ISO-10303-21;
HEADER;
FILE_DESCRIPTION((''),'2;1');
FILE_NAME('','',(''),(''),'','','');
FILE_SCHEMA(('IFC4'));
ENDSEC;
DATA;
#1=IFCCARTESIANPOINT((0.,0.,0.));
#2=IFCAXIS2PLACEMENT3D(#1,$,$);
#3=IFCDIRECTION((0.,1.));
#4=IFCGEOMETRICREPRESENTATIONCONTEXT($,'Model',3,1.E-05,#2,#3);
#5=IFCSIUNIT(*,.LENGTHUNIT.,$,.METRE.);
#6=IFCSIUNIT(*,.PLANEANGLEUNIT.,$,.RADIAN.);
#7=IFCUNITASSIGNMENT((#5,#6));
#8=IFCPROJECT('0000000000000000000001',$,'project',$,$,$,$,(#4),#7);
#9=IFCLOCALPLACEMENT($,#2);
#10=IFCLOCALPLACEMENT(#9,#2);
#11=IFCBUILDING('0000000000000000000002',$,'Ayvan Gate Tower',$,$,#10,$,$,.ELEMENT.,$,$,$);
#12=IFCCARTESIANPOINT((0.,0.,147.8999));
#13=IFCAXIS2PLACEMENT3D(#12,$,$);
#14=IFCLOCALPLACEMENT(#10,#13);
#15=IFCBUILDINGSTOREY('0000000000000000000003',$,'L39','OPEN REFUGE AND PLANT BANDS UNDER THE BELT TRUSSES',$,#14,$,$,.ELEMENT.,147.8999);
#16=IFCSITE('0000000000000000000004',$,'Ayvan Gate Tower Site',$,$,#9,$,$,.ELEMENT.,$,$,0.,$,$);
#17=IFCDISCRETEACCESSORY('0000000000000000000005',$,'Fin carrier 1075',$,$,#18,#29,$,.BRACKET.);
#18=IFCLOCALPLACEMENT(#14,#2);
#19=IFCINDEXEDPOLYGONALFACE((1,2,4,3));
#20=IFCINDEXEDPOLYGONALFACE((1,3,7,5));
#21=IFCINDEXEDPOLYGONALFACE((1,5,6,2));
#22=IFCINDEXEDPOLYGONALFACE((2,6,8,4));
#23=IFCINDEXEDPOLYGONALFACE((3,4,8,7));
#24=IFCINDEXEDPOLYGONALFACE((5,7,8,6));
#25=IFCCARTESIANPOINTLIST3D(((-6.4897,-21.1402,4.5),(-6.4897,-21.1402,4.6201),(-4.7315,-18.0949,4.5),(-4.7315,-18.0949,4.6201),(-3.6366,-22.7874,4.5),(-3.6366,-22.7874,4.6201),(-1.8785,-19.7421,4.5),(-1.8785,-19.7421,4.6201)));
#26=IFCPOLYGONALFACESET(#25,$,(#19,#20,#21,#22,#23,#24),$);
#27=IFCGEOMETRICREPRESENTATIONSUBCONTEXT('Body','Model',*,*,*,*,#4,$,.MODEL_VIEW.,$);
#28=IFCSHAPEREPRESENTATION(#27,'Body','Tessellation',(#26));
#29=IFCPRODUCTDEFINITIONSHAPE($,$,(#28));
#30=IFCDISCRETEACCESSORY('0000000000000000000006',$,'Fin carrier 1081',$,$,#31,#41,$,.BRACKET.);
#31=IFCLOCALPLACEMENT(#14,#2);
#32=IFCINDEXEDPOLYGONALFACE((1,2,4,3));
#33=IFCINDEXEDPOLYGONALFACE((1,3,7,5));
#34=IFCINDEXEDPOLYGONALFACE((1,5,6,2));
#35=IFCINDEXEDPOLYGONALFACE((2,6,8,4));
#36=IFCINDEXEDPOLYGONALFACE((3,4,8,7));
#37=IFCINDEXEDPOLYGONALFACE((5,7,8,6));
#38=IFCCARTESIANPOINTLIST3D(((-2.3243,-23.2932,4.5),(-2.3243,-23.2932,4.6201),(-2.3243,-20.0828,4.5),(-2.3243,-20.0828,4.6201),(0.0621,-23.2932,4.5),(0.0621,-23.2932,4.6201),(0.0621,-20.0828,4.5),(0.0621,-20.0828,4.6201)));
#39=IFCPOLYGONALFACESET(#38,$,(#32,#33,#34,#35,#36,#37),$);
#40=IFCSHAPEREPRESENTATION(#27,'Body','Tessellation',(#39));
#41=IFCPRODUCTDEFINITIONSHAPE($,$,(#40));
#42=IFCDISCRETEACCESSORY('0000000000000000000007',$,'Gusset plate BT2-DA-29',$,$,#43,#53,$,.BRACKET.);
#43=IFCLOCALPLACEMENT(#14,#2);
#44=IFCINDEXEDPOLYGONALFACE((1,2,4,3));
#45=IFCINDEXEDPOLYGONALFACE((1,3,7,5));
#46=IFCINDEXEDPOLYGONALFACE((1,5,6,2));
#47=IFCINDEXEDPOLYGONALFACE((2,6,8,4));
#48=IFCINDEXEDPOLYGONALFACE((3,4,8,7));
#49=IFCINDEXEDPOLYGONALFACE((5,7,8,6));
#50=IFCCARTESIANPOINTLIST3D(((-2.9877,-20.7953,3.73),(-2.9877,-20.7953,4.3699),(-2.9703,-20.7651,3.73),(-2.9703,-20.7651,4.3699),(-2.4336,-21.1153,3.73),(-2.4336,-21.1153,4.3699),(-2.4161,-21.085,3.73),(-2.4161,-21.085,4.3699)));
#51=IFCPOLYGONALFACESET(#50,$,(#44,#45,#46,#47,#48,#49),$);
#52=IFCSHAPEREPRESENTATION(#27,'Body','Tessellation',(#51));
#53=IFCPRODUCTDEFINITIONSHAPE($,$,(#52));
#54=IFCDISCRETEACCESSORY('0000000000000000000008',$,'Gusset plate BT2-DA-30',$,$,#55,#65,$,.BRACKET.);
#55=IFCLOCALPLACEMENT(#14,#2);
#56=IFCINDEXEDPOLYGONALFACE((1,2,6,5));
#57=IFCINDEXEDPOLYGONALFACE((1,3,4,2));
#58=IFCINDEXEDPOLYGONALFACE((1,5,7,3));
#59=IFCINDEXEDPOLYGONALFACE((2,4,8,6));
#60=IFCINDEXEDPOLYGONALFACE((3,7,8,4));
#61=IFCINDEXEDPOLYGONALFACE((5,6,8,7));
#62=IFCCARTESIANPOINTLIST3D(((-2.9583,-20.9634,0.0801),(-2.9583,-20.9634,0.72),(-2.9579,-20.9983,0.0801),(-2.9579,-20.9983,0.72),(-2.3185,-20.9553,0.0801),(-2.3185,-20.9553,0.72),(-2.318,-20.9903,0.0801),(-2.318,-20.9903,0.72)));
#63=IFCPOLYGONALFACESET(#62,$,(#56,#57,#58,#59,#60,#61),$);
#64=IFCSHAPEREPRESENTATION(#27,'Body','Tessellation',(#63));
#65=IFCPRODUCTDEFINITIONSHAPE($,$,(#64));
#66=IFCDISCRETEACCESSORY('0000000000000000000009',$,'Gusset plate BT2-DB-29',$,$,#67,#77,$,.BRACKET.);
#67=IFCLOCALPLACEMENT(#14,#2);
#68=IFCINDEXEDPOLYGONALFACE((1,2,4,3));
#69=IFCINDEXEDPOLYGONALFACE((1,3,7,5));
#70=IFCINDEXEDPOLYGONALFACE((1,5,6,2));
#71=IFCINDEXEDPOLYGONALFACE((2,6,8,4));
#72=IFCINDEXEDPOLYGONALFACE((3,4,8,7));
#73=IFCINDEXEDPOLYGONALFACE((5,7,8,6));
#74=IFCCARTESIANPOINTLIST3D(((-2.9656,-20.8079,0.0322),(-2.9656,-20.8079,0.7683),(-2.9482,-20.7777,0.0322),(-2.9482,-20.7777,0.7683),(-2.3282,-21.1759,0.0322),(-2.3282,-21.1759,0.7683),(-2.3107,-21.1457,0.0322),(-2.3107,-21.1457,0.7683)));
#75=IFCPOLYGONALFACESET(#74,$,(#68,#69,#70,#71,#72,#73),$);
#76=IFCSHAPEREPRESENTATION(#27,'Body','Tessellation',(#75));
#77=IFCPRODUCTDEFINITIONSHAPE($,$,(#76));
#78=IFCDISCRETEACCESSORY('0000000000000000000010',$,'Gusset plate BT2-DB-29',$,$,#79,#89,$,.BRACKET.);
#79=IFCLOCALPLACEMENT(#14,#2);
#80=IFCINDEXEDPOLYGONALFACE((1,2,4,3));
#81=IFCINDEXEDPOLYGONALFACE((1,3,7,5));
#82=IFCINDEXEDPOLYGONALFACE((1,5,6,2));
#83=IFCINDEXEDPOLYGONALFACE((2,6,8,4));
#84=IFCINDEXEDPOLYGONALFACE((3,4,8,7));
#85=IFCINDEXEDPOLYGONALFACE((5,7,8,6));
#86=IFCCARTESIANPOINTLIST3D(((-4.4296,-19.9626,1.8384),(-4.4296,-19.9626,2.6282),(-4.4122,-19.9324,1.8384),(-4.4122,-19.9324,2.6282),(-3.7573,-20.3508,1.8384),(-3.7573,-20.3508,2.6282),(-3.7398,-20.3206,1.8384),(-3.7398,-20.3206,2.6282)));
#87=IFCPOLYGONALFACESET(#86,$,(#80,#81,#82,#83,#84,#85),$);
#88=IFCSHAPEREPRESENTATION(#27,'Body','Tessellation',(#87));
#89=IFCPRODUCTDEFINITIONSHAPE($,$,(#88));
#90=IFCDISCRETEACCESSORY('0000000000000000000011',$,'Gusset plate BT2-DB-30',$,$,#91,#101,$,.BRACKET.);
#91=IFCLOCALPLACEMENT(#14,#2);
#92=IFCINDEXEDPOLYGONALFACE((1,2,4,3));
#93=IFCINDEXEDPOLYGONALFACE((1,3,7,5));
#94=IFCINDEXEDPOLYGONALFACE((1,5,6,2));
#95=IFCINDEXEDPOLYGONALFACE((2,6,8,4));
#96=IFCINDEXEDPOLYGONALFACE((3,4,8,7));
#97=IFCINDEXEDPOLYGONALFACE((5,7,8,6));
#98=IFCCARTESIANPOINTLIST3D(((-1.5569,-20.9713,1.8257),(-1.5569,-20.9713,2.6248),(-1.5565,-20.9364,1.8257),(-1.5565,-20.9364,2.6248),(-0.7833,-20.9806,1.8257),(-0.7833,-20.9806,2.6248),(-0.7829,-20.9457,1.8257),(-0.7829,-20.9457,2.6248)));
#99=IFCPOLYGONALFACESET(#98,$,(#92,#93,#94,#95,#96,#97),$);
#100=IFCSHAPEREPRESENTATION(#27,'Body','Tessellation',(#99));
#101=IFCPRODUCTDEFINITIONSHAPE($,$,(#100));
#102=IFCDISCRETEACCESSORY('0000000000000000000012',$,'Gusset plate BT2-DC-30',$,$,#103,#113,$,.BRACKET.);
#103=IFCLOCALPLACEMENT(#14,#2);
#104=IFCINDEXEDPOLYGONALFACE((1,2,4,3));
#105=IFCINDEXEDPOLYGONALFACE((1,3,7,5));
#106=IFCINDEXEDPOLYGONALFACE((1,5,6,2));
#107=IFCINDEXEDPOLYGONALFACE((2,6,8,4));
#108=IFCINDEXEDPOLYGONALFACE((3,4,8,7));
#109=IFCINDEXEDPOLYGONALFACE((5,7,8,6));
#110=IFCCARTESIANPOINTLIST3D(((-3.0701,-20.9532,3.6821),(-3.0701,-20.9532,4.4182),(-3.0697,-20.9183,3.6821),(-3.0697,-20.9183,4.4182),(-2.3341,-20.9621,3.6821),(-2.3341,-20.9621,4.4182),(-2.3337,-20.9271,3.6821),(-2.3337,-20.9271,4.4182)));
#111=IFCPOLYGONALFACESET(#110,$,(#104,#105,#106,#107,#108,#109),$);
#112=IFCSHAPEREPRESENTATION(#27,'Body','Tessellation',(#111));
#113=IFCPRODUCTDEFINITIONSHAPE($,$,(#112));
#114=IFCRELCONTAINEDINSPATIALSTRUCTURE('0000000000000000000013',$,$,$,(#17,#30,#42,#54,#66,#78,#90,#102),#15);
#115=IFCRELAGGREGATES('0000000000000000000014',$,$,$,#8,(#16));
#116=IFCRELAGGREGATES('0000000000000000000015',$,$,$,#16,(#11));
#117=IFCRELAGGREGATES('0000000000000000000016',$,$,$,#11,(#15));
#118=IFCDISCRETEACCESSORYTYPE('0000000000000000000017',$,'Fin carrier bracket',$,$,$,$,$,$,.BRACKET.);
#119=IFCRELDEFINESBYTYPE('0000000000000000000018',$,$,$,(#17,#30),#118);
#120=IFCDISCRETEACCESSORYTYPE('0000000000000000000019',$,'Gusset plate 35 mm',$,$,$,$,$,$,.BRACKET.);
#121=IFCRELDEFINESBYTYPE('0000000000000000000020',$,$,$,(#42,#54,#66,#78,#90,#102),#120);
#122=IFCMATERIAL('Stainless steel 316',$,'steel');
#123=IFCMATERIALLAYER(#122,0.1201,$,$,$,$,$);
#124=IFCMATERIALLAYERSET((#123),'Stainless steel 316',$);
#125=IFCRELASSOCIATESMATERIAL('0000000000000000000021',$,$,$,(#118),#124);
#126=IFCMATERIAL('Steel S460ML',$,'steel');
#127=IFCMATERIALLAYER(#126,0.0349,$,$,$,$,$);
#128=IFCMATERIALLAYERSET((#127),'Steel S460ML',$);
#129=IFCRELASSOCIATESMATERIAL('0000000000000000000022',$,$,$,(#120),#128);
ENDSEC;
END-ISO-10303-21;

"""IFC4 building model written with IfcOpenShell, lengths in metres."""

from ifc_helpers import new_model, si_unit, direction, frame, origin, origin_2d, place, context, subcontext, project, spatial, rectangle, extrude, material, layer, layer_set, type_object, element, save


model = new_model("IFC4")

# Units and contexts
model_context = context("Model", 3, precision=1e-05, world=origin(), true_north=direction((0.0, 1.0)))
body_context = subcontext(model_context, "Body", "Model", "MODEL_VIEW")
ifc_project = project(units=[si_unit("LENGTHUNIT", "METRE"), si_unit("PLANEANGLEUNIT", "RADIAN")], contexts=[model_context])

# Site, building, storey
site_placement = place(None, origin())
site = spatial("IfcSite", under=ifc_project, at=site_placement, Name="Ayvan Gate Tower Site", CompositionType="ELEMENT", RefElevation=0.0)
building_placement = place(site_placement, origin())
building = spatial("IfcBuilding", under=site, at=building_placement, Name="Ayvan Gate Tower", CompositionType="ELEMENT")
storey_placement = place(building_placement, frame((0.0, 0.0, 147.8999)))
storey = spatial("IfcBuildingStorey", under=building, at=storey_placement, Name="L39", Description="OPEN REFUGE AND PLANT BANDS UNDER THE BELT TRUSSES", CompositionType="ELEMENT", Elevation=147.8999)

# Shared definitions
ifc_material_1 = material(Name="Steel S460ML", Category="steel")

# Discrete accessories
ifc_material_2 = material(Name="Stainless steel 316", Category="steel")
ifc_layer_1 = layer(ifc_material_2, 0.1201)
ifc_layer_set_1 = layer_set([ifc_layer_1], Name="Stainless steel 316")
discrete_accessory_type_1 = type_object("IfcDiscreteAccessoryType", Name="Fin carrier bracket", PredefinedType="BRACKET", material=ifc_layer_set_1)
discrete_accessory_1_placement = place(storey_placement, frame((-4.1841, -20.4412, 4.5), z_axis=(0.0, 0.0, 1.0), x_axis=(0.866025, -0.5, 0.0)))
element("IfcDiscreteAccessory", 1, at=discrete_accessory_1_placement, inside=storey, type_object=discrete_accessory_type_1, Name="Fin carrier 1075", PredefinedType="BRACKET", context=body_context, shape_type="SweptSolid", body=[
    extrude(rectangle(XDim=3.2944, YDim=3.5164, at=origin_2d()), origin(), (0.0, 0.0, 1.0), 0.1201),
])
discrete_accessory_2_placement = place(storey_placement, frame((-1.1311, -21.688, 4.5), z_axis=(0.0, 0.0, 1.0), x_axis=(1.0, 0.0, 0.0)))
element("IfcDiscreteAccessory", 2, at=discrete_accessory_2_placement, inside=storey, type_object=discrete_accessory_type_1, Name="Fin carrier 1081", PredefinedType="BRACKET", context=body_context, shape_type="SweptSolid", body=[
    extrude(rectangle(XDim=2.3865, YDim=3.2104, at=origin_2d()), origin(), (0.0, 0.0, 1.0), 0.1201),
])
ifc_layer_2 = layer(ifc_material_1, 0.0349)
ifc_layer_set_2 = layer_set([ifc_layer_2], Name="Steel S460ML")
discrete_accessory_type_2 = type_object("IfcDiscreteAccessoryType", Name="Gusset plate 35 mm", PredefinedType="BRACKET", material=ifc_layer_set_2)
for number, where, z_axis, x_axis, name in (
    (3, (-2.7019, -20.9402, 3.73), (0.0, 0.0, 1.0), (-0.866025, 0.5, 0.0), "Gusset plate BT2-DA-29"),
    (4, (-2.6382, -20.9768, 0.0801), (0.0, 0.0, 1.0), (0.999922, 0.012526, 0.0), "Gusset plate BT2-DA-30"),
):
    element("IfcDiscreteAccessory", number, at=place(storey_placement, frame(where, z_axis=z_axis, x_axis=x_axis)), inside=storey, type_object=discrete_accessory_type_2, Name=name, PredefinedType="BRACKET", context=body_context, shape_type="SweptSolid", body=[
        extrude(rectangle(XDim=0.6399, YDim=0.0349, at=origin_2d()), origin(), (0.0, 0.0, 1.0), 0.6399),
    ])
discrete_accessory_3_placement = place(storey_placement, frame((-2.6382, -20.9768, 0.0322), z_axis=(0.0, 0.0, 1.0), x_axis=(-0.866025, 0.5, 0.0)))
element("IfcDiscreteAccessory", 5, at=discrete_accessory_3_placement, inside=storey, type_object=discrete_accessory_type_2, Name="Gusset plate BT2-DB-29", PredefinedType="BRACKET", context=body_context, shape_type="SweptSolid", body=[
    extrude(rectangle(XDim=0.7361, YDim=0.0349, at=origin_2d()), origin(), (0.0, 0.0, 1.0), 0.7361),
])
discrete_accessory_4_placement = place(storey_placement, frame((-4.0847, -20.1416, 1.8384), z_axis=(0.0, 0.0, 1.0), x_axis=(-0.866025, 0.5, 0.0)))
element("IfcDiscreteAccessory", 6, at=discrete_accessory_4_placement, inside=storey, type_object=discrete_accessory_type_2, Name="Gusset plate BT2-DB-29", PredefinedType="BRACKET", context=body_context, shape_type="SweptSolid", body=[
    extrude(rectangle(XDim=0.7764, YDim=0.0349, at=origin_2d()), origin(), (0.0, 0.0, 1.0), 0.7898),
])
discrete_accessory_5_placement = place(storey_placement, frame((-1.1699, -20.9585, 1.8257), z_axis=(0.0, 0.0, 1.0), x_axis=(-0.999928, 0.012006, 0.0)))
element("IfcDiscreteAccessory", 7, at=discrete_accessory_5_placement, inside=storey, type_object=discrete_accessory_type_2, Name="Gusset plate BT2-DB-30", PredefinedType="BRACKET", context=body_context, shape_type="SweptSolid", body=[
    extrude(rectangle(XDim=0.7737, YDim=0.0349, at=origin_2d()), origin(), (0.0, 0.0, 1.0), 0.7991),
])
discrete_accessory_6_placement = place(storey_placement, frame((-2.7019, -20.9402, 3.6821), z_axis=(0.0, 0.0, 1.0), x_axis=(-0.999928, 0.012006, 0.0)))
element("IfcDiscreteAccessory", 8, at=discrete_accessory_6_placement, inside=storey, type_object=discrete_accessory_type_2, Name="Gusset plate BT2-DC-30", PredefinedType="BRACKET", context=body_context, shape_type="SweptSolid", body=[
    extrude(rectangle(XDim=0.7361, YDim=0.0349, at=origin_2d()), origin(), (0.0, 0.0, 1.0), 0.7361),
])

save(model, "model.ifc")
